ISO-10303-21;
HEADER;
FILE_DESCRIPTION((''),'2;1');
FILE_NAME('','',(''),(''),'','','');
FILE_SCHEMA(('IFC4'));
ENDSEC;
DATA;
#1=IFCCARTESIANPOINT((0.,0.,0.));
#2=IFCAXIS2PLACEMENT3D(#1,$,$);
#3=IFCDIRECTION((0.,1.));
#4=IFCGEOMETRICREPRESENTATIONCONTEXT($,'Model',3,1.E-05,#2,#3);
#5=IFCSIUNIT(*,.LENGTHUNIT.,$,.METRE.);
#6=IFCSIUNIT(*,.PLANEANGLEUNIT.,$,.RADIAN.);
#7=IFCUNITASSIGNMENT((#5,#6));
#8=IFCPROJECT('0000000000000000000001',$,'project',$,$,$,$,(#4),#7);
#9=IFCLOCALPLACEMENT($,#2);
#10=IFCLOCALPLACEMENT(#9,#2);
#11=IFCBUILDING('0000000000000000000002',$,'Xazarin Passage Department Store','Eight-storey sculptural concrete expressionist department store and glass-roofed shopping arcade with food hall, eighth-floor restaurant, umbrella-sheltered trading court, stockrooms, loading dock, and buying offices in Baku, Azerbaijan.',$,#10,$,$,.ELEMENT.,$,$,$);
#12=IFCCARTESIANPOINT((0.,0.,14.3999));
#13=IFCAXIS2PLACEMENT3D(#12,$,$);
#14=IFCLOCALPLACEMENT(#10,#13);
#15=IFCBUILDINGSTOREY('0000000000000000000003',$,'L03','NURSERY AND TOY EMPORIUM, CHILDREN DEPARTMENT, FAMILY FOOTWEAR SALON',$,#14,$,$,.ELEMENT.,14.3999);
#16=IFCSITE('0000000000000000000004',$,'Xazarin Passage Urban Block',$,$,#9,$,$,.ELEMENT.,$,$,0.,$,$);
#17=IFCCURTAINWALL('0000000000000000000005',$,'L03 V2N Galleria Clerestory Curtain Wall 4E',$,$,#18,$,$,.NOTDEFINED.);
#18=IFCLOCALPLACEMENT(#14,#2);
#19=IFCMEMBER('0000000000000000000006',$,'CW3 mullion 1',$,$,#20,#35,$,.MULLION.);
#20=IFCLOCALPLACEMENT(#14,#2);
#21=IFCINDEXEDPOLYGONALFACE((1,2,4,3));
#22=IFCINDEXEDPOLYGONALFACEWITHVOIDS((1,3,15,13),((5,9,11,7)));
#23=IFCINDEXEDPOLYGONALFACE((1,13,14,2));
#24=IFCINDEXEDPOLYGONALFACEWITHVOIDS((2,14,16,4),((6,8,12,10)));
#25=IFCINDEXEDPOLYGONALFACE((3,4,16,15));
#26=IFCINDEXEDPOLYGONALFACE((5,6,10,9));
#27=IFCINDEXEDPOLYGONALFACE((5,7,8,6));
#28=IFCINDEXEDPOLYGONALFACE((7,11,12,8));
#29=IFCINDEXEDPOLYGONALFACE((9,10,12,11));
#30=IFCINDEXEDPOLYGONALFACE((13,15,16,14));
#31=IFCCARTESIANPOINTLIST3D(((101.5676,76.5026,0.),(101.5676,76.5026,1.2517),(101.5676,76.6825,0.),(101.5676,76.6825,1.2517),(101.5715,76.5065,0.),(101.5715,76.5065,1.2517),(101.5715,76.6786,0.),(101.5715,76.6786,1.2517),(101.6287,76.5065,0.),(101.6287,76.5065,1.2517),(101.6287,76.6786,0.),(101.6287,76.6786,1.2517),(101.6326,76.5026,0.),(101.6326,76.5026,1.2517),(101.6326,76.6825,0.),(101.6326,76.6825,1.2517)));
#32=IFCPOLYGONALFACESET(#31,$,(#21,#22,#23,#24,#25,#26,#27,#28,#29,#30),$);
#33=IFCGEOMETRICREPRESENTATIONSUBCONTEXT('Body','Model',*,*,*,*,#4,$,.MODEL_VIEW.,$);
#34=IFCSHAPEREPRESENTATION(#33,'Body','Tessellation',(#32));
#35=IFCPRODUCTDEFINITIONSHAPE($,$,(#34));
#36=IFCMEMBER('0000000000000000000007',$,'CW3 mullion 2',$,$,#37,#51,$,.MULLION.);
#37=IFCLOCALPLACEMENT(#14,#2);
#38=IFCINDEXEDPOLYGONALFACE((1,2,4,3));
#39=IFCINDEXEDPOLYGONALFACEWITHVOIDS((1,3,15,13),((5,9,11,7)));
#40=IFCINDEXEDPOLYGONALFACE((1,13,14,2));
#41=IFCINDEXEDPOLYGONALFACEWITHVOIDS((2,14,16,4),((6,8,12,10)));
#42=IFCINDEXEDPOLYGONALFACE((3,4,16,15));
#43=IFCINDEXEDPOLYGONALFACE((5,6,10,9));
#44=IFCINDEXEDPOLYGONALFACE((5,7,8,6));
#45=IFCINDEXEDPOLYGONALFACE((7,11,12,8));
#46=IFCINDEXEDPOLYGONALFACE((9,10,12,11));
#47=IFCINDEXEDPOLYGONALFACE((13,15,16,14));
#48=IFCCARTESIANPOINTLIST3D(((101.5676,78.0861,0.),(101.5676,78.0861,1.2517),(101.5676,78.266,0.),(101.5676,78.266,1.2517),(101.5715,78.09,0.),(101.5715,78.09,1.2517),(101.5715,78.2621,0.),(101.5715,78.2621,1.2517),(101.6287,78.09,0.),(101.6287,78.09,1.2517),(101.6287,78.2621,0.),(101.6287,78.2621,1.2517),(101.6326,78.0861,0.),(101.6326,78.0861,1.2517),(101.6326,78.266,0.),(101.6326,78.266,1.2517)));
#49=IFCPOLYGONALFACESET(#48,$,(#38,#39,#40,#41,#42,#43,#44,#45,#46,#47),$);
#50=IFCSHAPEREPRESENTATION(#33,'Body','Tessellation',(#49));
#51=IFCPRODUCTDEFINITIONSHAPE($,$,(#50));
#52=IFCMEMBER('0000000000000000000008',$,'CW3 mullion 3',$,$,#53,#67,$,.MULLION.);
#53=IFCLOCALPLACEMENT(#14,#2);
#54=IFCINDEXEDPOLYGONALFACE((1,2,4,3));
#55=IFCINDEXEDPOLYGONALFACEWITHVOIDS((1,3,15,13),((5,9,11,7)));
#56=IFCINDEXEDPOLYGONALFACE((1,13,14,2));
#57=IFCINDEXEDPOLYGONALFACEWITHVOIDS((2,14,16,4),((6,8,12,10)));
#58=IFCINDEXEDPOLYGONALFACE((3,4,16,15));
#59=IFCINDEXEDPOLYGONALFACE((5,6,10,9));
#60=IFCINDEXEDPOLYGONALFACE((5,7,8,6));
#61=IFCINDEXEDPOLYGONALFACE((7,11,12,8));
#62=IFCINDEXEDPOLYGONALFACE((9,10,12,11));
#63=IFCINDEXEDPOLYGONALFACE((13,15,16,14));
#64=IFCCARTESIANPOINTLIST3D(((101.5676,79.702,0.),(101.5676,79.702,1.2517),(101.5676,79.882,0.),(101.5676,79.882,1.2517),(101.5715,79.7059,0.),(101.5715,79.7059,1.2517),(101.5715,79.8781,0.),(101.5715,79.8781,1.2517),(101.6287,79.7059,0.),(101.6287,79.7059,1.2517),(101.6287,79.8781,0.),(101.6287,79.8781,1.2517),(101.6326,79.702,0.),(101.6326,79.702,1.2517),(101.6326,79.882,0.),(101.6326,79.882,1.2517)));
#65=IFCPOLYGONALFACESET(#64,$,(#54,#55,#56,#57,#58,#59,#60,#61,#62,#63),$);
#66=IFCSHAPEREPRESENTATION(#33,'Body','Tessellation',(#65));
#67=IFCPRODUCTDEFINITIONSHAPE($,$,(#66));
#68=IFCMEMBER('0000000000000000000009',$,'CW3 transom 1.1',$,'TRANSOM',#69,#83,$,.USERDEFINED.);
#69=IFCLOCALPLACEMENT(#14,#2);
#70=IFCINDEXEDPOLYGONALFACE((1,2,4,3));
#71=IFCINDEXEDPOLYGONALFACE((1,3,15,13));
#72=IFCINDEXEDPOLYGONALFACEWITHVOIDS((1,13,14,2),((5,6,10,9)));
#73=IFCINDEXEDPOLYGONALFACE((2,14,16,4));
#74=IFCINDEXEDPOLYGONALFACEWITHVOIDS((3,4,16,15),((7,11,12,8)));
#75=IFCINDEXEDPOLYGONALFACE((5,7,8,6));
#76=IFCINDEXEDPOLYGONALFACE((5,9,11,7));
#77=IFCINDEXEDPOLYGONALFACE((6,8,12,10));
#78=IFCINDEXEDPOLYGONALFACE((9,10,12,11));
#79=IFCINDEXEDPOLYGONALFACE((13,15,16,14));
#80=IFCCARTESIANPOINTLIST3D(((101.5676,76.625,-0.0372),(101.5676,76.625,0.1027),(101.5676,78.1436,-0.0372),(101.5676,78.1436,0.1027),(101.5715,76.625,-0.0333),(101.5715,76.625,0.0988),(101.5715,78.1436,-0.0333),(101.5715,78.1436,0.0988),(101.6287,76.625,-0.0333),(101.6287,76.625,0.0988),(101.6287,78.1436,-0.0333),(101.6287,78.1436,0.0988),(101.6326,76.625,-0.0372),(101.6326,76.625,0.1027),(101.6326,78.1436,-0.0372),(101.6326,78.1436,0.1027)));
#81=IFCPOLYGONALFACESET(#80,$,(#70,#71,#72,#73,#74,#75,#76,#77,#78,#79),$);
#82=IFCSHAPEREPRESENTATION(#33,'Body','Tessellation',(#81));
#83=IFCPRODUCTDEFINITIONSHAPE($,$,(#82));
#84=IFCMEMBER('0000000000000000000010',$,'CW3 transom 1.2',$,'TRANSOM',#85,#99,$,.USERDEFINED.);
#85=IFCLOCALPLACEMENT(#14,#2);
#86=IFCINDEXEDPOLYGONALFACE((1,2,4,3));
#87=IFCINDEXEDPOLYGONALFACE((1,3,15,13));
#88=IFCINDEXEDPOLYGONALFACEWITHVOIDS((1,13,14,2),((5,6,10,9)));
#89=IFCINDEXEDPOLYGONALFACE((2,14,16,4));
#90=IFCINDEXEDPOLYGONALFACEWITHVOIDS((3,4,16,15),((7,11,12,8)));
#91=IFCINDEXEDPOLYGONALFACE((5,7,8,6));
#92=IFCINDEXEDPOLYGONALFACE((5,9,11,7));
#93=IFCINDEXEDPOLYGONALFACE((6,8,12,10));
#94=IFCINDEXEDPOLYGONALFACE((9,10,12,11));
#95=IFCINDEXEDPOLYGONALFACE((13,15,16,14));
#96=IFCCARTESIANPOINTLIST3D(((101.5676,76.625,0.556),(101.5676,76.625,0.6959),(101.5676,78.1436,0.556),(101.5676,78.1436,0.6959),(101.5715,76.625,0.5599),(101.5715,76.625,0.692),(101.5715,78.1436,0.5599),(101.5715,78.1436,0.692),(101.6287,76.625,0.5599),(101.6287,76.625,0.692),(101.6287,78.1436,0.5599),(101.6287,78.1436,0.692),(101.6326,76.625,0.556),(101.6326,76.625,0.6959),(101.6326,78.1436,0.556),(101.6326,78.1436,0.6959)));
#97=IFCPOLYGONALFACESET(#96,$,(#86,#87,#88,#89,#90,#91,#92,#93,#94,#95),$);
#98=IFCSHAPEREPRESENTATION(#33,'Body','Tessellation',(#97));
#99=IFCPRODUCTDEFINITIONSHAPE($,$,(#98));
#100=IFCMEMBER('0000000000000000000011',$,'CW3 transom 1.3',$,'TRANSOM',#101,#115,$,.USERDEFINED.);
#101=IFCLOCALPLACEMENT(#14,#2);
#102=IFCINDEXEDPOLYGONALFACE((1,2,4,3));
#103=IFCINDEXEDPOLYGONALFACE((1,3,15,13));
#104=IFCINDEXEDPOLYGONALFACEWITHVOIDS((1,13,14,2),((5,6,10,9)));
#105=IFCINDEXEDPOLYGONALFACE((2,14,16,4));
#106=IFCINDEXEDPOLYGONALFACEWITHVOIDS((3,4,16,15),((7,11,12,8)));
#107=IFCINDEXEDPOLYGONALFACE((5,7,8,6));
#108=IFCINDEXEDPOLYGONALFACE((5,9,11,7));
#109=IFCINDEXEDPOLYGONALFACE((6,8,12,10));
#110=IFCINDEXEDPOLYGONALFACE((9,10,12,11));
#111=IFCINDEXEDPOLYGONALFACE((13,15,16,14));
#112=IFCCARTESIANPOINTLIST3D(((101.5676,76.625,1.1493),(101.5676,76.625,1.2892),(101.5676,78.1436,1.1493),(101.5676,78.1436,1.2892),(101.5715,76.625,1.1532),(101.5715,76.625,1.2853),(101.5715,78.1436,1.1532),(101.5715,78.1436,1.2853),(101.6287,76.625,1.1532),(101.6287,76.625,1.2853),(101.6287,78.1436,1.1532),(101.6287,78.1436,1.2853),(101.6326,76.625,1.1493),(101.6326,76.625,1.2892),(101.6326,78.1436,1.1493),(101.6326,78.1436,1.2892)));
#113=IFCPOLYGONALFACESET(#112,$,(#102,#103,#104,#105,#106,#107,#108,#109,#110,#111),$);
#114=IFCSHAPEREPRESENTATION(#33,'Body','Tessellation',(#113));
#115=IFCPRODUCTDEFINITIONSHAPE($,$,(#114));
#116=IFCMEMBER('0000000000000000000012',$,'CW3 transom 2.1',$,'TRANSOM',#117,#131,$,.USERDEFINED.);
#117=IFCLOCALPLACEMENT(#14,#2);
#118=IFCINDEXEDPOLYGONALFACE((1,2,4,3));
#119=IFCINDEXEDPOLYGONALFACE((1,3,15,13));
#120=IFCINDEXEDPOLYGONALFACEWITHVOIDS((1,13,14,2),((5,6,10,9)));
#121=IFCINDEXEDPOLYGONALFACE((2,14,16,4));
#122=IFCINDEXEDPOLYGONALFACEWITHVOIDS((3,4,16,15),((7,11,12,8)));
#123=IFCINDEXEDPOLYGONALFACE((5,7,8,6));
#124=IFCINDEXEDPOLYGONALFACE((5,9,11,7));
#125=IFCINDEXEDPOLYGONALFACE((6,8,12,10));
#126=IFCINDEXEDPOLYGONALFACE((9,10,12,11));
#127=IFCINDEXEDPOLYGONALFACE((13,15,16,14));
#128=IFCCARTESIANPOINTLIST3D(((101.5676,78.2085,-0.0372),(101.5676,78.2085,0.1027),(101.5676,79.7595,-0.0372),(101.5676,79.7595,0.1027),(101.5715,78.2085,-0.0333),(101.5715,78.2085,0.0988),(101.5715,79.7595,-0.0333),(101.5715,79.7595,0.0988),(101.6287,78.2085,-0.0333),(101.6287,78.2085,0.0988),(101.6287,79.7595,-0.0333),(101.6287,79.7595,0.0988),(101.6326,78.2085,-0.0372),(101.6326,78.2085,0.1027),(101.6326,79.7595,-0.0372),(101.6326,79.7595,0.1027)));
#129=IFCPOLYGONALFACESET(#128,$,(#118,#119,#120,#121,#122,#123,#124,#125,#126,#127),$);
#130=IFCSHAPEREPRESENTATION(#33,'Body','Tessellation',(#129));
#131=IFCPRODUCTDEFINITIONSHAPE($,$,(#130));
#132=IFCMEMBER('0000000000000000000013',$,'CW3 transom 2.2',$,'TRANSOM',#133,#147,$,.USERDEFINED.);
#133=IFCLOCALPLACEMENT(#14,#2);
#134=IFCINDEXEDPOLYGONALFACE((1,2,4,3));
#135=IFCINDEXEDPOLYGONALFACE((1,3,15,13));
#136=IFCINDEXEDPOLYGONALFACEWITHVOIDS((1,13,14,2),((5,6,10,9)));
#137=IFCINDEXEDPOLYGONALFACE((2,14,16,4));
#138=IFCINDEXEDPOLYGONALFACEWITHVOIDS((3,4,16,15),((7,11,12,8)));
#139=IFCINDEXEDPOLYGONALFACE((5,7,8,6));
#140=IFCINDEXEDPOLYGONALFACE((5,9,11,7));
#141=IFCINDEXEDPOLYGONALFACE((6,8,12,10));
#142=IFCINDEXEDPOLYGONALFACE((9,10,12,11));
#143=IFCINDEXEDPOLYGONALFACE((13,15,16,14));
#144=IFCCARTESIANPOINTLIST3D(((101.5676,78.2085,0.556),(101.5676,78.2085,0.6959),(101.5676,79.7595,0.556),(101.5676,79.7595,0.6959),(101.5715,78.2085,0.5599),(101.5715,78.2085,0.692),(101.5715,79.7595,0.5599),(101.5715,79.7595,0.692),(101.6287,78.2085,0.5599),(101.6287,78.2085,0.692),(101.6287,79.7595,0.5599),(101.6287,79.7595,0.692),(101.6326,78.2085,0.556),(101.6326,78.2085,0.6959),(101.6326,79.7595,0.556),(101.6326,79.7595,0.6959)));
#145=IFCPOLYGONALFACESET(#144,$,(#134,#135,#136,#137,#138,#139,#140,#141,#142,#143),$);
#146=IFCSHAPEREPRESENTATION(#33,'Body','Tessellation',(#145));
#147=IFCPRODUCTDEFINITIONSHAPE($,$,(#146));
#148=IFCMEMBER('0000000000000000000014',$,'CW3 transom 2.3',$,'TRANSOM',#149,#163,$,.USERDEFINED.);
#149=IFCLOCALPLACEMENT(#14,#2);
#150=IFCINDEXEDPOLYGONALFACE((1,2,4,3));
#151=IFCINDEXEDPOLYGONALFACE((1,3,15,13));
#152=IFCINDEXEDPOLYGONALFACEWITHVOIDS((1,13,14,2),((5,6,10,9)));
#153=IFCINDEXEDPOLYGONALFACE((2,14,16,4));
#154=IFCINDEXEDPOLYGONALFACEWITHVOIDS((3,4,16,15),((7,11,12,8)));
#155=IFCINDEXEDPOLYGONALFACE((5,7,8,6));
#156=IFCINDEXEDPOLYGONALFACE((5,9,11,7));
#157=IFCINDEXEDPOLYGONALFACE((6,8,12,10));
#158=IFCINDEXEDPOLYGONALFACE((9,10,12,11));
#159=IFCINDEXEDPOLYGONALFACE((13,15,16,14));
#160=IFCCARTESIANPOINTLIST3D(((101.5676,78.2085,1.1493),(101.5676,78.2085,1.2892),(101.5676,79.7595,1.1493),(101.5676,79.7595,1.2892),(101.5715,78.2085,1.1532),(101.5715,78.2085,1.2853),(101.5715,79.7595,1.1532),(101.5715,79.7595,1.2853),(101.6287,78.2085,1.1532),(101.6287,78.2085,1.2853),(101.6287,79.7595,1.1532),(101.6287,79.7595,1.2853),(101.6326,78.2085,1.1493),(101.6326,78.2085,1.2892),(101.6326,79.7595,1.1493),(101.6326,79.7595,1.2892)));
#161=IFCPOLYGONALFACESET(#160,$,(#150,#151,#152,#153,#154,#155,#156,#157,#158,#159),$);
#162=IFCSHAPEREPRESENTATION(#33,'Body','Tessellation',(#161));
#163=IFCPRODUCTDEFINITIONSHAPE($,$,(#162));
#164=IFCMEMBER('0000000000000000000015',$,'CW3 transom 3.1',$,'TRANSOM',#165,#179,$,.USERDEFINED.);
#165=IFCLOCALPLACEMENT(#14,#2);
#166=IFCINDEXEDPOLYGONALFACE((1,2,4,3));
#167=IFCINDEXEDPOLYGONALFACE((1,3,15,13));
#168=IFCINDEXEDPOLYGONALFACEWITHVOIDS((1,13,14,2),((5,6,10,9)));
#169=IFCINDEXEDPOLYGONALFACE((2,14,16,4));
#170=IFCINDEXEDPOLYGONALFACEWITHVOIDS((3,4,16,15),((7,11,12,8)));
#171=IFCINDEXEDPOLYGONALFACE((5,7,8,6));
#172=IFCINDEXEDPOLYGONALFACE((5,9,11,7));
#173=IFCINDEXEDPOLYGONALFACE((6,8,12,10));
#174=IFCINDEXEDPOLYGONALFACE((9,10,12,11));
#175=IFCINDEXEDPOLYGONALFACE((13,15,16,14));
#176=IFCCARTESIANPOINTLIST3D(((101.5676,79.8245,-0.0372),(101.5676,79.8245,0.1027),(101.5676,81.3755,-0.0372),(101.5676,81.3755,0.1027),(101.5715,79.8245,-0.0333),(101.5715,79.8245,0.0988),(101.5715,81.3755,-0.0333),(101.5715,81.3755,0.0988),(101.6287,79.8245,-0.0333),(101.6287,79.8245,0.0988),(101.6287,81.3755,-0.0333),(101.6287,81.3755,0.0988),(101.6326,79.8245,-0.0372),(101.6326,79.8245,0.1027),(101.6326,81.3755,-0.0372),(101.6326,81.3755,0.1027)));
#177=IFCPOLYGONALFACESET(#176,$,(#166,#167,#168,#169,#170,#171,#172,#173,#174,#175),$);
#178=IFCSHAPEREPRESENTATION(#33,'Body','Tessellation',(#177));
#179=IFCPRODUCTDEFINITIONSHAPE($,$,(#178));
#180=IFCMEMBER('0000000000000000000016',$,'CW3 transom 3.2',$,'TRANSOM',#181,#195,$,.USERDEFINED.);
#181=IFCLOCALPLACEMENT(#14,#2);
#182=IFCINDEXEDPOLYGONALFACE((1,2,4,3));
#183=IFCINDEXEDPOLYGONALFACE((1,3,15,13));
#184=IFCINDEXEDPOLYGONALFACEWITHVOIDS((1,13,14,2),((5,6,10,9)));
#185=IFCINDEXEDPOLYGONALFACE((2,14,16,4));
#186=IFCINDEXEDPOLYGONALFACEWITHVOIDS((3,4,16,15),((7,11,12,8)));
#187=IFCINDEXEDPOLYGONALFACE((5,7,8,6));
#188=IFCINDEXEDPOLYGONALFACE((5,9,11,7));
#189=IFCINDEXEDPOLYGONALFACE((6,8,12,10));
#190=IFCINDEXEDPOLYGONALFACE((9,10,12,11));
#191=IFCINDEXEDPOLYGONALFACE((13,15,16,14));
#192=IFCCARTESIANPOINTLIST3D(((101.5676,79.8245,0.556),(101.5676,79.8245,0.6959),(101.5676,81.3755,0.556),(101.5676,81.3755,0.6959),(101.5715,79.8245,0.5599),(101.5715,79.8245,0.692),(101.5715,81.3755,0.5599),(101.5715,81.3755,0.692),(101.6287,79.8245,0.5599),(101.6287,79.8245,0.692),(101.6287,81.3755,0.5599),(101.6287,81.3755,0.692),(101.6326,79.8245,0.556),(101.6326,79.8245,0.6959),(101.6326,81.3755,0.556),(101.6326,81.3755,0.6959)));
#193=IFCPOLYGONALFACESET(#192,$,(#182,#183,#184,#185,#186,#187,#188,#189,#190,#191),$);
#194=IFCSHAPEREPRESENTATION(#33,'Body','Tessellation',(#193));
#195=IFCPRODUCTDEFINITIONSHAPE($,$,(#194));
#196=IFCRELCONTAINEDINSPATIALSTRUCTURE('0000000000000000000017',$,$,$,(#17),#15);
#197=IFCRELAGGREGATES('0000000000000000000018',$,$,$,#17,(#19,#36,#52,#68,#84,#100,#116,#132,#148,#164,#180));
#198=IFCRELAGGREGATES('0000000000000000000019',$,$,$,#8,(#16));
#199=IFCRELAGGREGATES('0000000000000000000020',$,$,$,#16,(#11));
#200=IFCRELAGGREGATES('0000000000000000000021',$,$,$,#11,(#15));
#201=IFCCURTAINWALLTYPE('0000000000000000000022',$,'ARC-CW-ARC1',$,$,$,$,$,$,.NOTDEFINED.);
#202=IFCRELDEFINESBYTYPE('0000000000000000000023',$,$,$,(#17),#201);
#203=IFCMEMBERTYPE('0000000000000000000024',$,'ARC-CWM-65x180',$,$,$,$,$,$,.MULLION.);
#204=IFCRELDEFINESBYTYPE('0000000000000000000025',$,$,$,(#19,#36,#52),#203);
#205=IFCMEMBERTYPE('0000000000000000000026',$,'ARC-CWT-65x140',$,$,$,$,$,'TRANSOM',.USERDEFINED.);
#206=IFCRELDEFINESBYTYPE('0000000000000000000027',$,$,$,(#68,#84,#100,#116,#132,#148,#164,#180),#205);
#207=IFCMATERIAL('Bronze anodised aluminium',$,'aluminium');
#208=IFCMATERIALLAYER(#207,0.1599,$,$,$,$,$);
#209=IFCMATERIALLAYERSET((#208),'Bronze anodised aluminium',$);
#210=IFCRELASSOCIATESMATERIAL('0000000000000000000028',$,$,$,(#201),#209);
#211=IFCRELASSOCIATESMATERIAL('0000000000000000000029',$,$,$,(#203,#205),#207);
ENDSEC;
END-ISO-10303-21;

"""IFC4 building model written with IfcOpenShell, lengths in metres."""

from ifc_helpers import new_model, si_unit, direction, frame, origin, origin_2d, place, context, subcontext, project, spatial, hollow_rectangle, extrude, material, layer, layer_set, material_profile, profile_set, type_object, element, aggregate, save


model = new_model("IFC4")

# Units and contexts
model_context = context("Model", 3, precision=1e-05, world=origin(), true_north=direction((0.0, 1.0)))
body_context = subcontext(model_context, "Body", "Model", "MODEL_VIEW")
ifc_project = project(units=[si_unit("LENGTHUNIT", "METRE"), si_unit("PLANEANGLEUNIT", "RADIAN")], contexts=[model_context])

# Site, building, storey
site_placement = place(None, origin())
site = spatial("IfcSite", under=ifc_project, at=site_placement, Name="Xazarin Passage Urban Block", CompositionType="ELEMENT", RefElevation=0.0)
building_placement = place(site_placement, origin())
building = spatial("IfcBuilding", under=site, at=building_placement, Name="Xazarin Passage Department Store", Description="Eight-storey sculptural concrete expressionist department store and glass-roofed shopping arcade with food hall, eighth-floor restaurant, umbrella-sheltered trading court, stockrooms, loading dock, and buying offices in Baku, Azerbaijan.", CompositionType="ELEMENT")
storey_placement = place(building_placement, frame((0.0, 0.0, 14.3999)))
storey = spatial("IfcBuildingStorey", under=building, at=storey_placement, Name="L03", Description="NURSERY AND TOY EMPORIUM, CHILDREN DEPARTMENT, FAMILY FOOTWEAR SALON", CompositionType="ELEMENT", Elevation=14.3999)

# Curtain wall, members
ifc_material_1 = material(Name="Bronze anodised aluminium", Category="aluminium")
ifc_layer_1 = layer(ifc_material_1, 0.1599)
ifc_layer_set_1 = layer_set([ifc_layer_1], Name="Bronze anodised aluminium")
curtain_wall_type = type_object("IfcCurtainWallType", Name="ARC-CW-ARC1", PredefinedType="NOTDEFINED", material=ifc_layer_set_1)
curtain_wall_placement = place(storey_placement, origin())
curtain_wall = element("IfcCurtainWall", 1, at=curtain_wall_placement, inside=storey, type_object=curtain_wall_type, Name="L03 V2N Galleria Clerestory Curtain Wall 4E", PredefinedType="NOTDEFINED")
ifc_material_profile_1 = material_profile(ifc_material_1, hollow_rectangle(XDim=0.0649, YDim=0.1799, WallThickness=0.0039, at=origin_2d()), Name="ALU 65x180")
ifc_profile_set_1 = profile_set([ifc_material_profile_1], Name="Bronze anodised aluminium")
member_type_1 = type_object("IfcMemberType", Name="ARC-CWM-65x180", PredefinedType="MULLION", material=ifc_profile_set_1)
member_1_placement = place(storey_placement, frame((101.6001, 76.5925, 0.0), z_axis=(0.0, 0.0, 1.0), x_axis=(-1.0, 0.0, 0.0)))
member_1 = element("IfcMember", 2, at=member_1_placement, type_object=member_type_1, Name="CW3 mullion 1", PredefinedType="MULLION", context=body_context, shape_type="SweptSolid", body=[
    extrude(hollow_rectangle(XDim=0.0649, YDim=0.1799, WallThickness=0.0039, at=origin_2d()), origin(), (0.0, 0.0, 1.0), 1.2517),
])
member_2_placement = place(storey_placement, frame((101.6001, 78.176, 0.0), z_axis=(0.0, 0.0, 1.0), x_axis=(-1.0, 0.0, 0.0)))
member_2 = element("IfcMember", 3, at=member_2_placement, type_object=member_type_1, Name="CW3 mullion 2", PredefinedType="MULLION", context=body_context, shape_type="SweptSolid", body=[
    extrude(hollow_rectangle(XDim=0.0649, YDim=0.1799, WallThickness=0.0039, at=origin_2d()), origin(), (0.0, 0.0, 1.0), 1.2517),
])
member_3_placement = place(storey_placement, frame((101.6001, 79.792, 0.0), z_axis=(0.0, 0.0, 1.0), x_axis=(-1.0, 0.0, 0.0)))
member_3 = element("IfcMember", 4, at=member_3_placement, type_object=member_type_1, Name="CW3 mullion 3", PredefinedType="MULLION", context=body_context, shape_type="SweptSolid", body=[
    extrude(hollow_rectangle(XDim=0.0649, YDim=0.1799, WallThickness=0.0039, at=origin_2d()), origin(), (0.0, 0.0, 1.0), 1.2517),
])
ifc_material_profile_2 = material_profile(ifc_material_1, hollow_rectangle(XDim=0.0649, YDim=0.1399, WallThickness=0.0039, at=origin_2d()), Name="ALU 65x140")
ifc_profile_set_2 = profile_set([ifc_material_profile_2], Name="Bronze anodised aluminium")
member_type_2 = type_object("IfcMemberType", Name="ARC-CWT-65x140", ElementType="TRANSOM", PredefinedType="USERDEFINED", material=ifc_profile_set_2)
member_4_placement = place(storey_placement, frame((101.6001, 76.625, 0.0327), z_axis=(0.0, 1.0, 0.0), x_axis=(-1.0, 0.0, 0.0)))
member_4 = element("IfcMember", 5, at=member_4_placement, type_object=member_type_2, Name="CW3 transom 1.1", ObjectType="TRANSOM", PredefinedType="USERDEFINED", context=body_context, shape_type="SweptSolid", body=[
    extrude(hollow_rectangle(XDim=0.0649, YDim=0.1399, WallThickness=0.0039, at=origin_2d()), origin(), (0.0, 0.0, 1.0), 1.5186),
])
member_5_placement = place(storey_placement, frame((101.6001, 76.625, 0.626), z_axis=(0.0, 1.0, 0.0), x_axis=(-1.0, 0.0, 0.0)))
member_5 = element("IfcMember", 6, at=member_5_placement, type_object=member_type_2, Name="CW3 transom 1.2", ObjectType="TRANSOM", PredefinedType="USERDEFINED", context=body_context, shape_type="SweptSolid", body=[
    extrude(hollow_rectangle(XDim=0.0649, YDim=0.1399, WallThickness=0.0039, at=origin_2d()), origin(), (0.0, 0.0, 1.0), 1.5186),
])
member_6_placement = place(storey_placement, frame((101.6001, 76.625, 1.2192), z_axis=(0.0, 1.0, 0.0), x_axis=(-1.0, 0.0, 0.0)))
member_6 = element("IfcMember", 7, at=member_6_placement, type_object=member_type_2, Name="CW3 transom 1.3", ObjectType="TRANSOM", PredefinedType="USERDEFINED", context=body_context, shape_type="SweptSolid", body=[
    extrude(hollow_rectangle(XDim=0.0649, YDim=0.1399, WallThickness=0.0039, at=origin_2d()), origin(), (0.0, 0.0, 1.0), 1.5186),
])
member_7_placement = place(storey_placement, frame((101.6001, 78.2085, 0.0327), z_axis=(0.0, 1.0, 0.0), x_axis=(-1.0, 0.0, 0.0)))
member_7 = element("IfcMember", 8, at=member_7_placement, type_object=member_type_2, Name="CW3 transom 2.1", ObjectType="TRANSOM", PredefinedType="USERDEFINED", context=body_context, shape_type="SweptSolid", body=[
    extrude(hollow_rectangle(XDim=0.0649, YDim=0.1399, WallThickness=0.0039, at=origin_2d()), origin(), (0.0, 0.0, 1.0), 1.551),
])
member_8_placement = place(storey_placement, frame((101.6001, 78.2085, 0.626), z_axis=(0.0, 1.0, 0.0), x_axis=(-1.0, 0.0, 0.0)))
member_8 = element("IfcMember", 9, at=member_8_placement, type_object=member_type_2, Name="CW3 transom 2.2", ObjectType="TRANSOM", PredefinedType="USERDEFINED", context=body_context, shape_type="SweptSolid", body=[
    extrude(hollow_rectangle(XDim=0.0649, YDim=0.1399, WallThickness=0.0039, at=origin_2d()), origin(), (0.0, 0.0, 1.0), 1.551),
])
member_9_placement = place(storey_placement, frame((101.6001, 78.2085, 1.2192), z_axis=(0.0, 1.0, 0.0), x_axis=(-1.0, 0.0, 0.0)))
member_9 = element("IfcMember", 10, at=member_9_placement, type_object=member_type_2, Name="CW3 transom 2.3", ObjectType="TRANSOM", PredefinedType="USERDEFINED", context=body_context, shape_type="SweptSolid", body=[
    extrude(hollow_rectangle(XDim=0.0649, YDim=0.1399, WallThickness=0.0039, at=origin_2d()), origin(), (0.0, 0.0, 1.0), 1.551),
])
member_10_placement = place(storey_placement, frame((101.6001, 79.8245, 0.0327), z_axis=(0.0, 1.0, 0.0), x_axis=(-1.0, 0.0, 0.0)))
member_10 = element("IfcMember", 11, at=member_10_placement, type_object=member_type_2, Name="CW3 transom 3.1", ObjectType="TRANSOM", PredefinedType="USERDEFINED", context=body_context, shape_type="SweptSolid", body=[
    extrude(hollow_rectangle(XDim=0.0649, YDim=0.1399, WallThickness=0.0039, at=origin_2d()), origin(), (0.0, 0.0, 1.0), 1.551),
])
member_11_placement = place(storey_placement, frame((101.6001, 79.8245, 0.626), z_axis=(0.0, 1.0, 0.0), x_axis=(-1.0, 0.0, 0.0)))
member_11 = element("IfcMember", 12, at=member_11_placement, type_object=member_type_2, Name="CW3 transom 3.2", ObjectType="TRANSOM", PredefinedType="USERDEFINED", context=body_context, shape_type="SweptSolid", body=[
    extrude(hollow_rectangle(XDim=0.0649, YDim=0.1399, WallThickness=0.0039, at=origin_2d()), origin(), (0.0, 0.0, 1.0), 1.551),
])

aggregate(curtain_wall, [member_1, member_2, member_3, member_4, member_5, member_6, member_7, member_8, member_9, member_10, member_11])

save(model, "model.ifc")
